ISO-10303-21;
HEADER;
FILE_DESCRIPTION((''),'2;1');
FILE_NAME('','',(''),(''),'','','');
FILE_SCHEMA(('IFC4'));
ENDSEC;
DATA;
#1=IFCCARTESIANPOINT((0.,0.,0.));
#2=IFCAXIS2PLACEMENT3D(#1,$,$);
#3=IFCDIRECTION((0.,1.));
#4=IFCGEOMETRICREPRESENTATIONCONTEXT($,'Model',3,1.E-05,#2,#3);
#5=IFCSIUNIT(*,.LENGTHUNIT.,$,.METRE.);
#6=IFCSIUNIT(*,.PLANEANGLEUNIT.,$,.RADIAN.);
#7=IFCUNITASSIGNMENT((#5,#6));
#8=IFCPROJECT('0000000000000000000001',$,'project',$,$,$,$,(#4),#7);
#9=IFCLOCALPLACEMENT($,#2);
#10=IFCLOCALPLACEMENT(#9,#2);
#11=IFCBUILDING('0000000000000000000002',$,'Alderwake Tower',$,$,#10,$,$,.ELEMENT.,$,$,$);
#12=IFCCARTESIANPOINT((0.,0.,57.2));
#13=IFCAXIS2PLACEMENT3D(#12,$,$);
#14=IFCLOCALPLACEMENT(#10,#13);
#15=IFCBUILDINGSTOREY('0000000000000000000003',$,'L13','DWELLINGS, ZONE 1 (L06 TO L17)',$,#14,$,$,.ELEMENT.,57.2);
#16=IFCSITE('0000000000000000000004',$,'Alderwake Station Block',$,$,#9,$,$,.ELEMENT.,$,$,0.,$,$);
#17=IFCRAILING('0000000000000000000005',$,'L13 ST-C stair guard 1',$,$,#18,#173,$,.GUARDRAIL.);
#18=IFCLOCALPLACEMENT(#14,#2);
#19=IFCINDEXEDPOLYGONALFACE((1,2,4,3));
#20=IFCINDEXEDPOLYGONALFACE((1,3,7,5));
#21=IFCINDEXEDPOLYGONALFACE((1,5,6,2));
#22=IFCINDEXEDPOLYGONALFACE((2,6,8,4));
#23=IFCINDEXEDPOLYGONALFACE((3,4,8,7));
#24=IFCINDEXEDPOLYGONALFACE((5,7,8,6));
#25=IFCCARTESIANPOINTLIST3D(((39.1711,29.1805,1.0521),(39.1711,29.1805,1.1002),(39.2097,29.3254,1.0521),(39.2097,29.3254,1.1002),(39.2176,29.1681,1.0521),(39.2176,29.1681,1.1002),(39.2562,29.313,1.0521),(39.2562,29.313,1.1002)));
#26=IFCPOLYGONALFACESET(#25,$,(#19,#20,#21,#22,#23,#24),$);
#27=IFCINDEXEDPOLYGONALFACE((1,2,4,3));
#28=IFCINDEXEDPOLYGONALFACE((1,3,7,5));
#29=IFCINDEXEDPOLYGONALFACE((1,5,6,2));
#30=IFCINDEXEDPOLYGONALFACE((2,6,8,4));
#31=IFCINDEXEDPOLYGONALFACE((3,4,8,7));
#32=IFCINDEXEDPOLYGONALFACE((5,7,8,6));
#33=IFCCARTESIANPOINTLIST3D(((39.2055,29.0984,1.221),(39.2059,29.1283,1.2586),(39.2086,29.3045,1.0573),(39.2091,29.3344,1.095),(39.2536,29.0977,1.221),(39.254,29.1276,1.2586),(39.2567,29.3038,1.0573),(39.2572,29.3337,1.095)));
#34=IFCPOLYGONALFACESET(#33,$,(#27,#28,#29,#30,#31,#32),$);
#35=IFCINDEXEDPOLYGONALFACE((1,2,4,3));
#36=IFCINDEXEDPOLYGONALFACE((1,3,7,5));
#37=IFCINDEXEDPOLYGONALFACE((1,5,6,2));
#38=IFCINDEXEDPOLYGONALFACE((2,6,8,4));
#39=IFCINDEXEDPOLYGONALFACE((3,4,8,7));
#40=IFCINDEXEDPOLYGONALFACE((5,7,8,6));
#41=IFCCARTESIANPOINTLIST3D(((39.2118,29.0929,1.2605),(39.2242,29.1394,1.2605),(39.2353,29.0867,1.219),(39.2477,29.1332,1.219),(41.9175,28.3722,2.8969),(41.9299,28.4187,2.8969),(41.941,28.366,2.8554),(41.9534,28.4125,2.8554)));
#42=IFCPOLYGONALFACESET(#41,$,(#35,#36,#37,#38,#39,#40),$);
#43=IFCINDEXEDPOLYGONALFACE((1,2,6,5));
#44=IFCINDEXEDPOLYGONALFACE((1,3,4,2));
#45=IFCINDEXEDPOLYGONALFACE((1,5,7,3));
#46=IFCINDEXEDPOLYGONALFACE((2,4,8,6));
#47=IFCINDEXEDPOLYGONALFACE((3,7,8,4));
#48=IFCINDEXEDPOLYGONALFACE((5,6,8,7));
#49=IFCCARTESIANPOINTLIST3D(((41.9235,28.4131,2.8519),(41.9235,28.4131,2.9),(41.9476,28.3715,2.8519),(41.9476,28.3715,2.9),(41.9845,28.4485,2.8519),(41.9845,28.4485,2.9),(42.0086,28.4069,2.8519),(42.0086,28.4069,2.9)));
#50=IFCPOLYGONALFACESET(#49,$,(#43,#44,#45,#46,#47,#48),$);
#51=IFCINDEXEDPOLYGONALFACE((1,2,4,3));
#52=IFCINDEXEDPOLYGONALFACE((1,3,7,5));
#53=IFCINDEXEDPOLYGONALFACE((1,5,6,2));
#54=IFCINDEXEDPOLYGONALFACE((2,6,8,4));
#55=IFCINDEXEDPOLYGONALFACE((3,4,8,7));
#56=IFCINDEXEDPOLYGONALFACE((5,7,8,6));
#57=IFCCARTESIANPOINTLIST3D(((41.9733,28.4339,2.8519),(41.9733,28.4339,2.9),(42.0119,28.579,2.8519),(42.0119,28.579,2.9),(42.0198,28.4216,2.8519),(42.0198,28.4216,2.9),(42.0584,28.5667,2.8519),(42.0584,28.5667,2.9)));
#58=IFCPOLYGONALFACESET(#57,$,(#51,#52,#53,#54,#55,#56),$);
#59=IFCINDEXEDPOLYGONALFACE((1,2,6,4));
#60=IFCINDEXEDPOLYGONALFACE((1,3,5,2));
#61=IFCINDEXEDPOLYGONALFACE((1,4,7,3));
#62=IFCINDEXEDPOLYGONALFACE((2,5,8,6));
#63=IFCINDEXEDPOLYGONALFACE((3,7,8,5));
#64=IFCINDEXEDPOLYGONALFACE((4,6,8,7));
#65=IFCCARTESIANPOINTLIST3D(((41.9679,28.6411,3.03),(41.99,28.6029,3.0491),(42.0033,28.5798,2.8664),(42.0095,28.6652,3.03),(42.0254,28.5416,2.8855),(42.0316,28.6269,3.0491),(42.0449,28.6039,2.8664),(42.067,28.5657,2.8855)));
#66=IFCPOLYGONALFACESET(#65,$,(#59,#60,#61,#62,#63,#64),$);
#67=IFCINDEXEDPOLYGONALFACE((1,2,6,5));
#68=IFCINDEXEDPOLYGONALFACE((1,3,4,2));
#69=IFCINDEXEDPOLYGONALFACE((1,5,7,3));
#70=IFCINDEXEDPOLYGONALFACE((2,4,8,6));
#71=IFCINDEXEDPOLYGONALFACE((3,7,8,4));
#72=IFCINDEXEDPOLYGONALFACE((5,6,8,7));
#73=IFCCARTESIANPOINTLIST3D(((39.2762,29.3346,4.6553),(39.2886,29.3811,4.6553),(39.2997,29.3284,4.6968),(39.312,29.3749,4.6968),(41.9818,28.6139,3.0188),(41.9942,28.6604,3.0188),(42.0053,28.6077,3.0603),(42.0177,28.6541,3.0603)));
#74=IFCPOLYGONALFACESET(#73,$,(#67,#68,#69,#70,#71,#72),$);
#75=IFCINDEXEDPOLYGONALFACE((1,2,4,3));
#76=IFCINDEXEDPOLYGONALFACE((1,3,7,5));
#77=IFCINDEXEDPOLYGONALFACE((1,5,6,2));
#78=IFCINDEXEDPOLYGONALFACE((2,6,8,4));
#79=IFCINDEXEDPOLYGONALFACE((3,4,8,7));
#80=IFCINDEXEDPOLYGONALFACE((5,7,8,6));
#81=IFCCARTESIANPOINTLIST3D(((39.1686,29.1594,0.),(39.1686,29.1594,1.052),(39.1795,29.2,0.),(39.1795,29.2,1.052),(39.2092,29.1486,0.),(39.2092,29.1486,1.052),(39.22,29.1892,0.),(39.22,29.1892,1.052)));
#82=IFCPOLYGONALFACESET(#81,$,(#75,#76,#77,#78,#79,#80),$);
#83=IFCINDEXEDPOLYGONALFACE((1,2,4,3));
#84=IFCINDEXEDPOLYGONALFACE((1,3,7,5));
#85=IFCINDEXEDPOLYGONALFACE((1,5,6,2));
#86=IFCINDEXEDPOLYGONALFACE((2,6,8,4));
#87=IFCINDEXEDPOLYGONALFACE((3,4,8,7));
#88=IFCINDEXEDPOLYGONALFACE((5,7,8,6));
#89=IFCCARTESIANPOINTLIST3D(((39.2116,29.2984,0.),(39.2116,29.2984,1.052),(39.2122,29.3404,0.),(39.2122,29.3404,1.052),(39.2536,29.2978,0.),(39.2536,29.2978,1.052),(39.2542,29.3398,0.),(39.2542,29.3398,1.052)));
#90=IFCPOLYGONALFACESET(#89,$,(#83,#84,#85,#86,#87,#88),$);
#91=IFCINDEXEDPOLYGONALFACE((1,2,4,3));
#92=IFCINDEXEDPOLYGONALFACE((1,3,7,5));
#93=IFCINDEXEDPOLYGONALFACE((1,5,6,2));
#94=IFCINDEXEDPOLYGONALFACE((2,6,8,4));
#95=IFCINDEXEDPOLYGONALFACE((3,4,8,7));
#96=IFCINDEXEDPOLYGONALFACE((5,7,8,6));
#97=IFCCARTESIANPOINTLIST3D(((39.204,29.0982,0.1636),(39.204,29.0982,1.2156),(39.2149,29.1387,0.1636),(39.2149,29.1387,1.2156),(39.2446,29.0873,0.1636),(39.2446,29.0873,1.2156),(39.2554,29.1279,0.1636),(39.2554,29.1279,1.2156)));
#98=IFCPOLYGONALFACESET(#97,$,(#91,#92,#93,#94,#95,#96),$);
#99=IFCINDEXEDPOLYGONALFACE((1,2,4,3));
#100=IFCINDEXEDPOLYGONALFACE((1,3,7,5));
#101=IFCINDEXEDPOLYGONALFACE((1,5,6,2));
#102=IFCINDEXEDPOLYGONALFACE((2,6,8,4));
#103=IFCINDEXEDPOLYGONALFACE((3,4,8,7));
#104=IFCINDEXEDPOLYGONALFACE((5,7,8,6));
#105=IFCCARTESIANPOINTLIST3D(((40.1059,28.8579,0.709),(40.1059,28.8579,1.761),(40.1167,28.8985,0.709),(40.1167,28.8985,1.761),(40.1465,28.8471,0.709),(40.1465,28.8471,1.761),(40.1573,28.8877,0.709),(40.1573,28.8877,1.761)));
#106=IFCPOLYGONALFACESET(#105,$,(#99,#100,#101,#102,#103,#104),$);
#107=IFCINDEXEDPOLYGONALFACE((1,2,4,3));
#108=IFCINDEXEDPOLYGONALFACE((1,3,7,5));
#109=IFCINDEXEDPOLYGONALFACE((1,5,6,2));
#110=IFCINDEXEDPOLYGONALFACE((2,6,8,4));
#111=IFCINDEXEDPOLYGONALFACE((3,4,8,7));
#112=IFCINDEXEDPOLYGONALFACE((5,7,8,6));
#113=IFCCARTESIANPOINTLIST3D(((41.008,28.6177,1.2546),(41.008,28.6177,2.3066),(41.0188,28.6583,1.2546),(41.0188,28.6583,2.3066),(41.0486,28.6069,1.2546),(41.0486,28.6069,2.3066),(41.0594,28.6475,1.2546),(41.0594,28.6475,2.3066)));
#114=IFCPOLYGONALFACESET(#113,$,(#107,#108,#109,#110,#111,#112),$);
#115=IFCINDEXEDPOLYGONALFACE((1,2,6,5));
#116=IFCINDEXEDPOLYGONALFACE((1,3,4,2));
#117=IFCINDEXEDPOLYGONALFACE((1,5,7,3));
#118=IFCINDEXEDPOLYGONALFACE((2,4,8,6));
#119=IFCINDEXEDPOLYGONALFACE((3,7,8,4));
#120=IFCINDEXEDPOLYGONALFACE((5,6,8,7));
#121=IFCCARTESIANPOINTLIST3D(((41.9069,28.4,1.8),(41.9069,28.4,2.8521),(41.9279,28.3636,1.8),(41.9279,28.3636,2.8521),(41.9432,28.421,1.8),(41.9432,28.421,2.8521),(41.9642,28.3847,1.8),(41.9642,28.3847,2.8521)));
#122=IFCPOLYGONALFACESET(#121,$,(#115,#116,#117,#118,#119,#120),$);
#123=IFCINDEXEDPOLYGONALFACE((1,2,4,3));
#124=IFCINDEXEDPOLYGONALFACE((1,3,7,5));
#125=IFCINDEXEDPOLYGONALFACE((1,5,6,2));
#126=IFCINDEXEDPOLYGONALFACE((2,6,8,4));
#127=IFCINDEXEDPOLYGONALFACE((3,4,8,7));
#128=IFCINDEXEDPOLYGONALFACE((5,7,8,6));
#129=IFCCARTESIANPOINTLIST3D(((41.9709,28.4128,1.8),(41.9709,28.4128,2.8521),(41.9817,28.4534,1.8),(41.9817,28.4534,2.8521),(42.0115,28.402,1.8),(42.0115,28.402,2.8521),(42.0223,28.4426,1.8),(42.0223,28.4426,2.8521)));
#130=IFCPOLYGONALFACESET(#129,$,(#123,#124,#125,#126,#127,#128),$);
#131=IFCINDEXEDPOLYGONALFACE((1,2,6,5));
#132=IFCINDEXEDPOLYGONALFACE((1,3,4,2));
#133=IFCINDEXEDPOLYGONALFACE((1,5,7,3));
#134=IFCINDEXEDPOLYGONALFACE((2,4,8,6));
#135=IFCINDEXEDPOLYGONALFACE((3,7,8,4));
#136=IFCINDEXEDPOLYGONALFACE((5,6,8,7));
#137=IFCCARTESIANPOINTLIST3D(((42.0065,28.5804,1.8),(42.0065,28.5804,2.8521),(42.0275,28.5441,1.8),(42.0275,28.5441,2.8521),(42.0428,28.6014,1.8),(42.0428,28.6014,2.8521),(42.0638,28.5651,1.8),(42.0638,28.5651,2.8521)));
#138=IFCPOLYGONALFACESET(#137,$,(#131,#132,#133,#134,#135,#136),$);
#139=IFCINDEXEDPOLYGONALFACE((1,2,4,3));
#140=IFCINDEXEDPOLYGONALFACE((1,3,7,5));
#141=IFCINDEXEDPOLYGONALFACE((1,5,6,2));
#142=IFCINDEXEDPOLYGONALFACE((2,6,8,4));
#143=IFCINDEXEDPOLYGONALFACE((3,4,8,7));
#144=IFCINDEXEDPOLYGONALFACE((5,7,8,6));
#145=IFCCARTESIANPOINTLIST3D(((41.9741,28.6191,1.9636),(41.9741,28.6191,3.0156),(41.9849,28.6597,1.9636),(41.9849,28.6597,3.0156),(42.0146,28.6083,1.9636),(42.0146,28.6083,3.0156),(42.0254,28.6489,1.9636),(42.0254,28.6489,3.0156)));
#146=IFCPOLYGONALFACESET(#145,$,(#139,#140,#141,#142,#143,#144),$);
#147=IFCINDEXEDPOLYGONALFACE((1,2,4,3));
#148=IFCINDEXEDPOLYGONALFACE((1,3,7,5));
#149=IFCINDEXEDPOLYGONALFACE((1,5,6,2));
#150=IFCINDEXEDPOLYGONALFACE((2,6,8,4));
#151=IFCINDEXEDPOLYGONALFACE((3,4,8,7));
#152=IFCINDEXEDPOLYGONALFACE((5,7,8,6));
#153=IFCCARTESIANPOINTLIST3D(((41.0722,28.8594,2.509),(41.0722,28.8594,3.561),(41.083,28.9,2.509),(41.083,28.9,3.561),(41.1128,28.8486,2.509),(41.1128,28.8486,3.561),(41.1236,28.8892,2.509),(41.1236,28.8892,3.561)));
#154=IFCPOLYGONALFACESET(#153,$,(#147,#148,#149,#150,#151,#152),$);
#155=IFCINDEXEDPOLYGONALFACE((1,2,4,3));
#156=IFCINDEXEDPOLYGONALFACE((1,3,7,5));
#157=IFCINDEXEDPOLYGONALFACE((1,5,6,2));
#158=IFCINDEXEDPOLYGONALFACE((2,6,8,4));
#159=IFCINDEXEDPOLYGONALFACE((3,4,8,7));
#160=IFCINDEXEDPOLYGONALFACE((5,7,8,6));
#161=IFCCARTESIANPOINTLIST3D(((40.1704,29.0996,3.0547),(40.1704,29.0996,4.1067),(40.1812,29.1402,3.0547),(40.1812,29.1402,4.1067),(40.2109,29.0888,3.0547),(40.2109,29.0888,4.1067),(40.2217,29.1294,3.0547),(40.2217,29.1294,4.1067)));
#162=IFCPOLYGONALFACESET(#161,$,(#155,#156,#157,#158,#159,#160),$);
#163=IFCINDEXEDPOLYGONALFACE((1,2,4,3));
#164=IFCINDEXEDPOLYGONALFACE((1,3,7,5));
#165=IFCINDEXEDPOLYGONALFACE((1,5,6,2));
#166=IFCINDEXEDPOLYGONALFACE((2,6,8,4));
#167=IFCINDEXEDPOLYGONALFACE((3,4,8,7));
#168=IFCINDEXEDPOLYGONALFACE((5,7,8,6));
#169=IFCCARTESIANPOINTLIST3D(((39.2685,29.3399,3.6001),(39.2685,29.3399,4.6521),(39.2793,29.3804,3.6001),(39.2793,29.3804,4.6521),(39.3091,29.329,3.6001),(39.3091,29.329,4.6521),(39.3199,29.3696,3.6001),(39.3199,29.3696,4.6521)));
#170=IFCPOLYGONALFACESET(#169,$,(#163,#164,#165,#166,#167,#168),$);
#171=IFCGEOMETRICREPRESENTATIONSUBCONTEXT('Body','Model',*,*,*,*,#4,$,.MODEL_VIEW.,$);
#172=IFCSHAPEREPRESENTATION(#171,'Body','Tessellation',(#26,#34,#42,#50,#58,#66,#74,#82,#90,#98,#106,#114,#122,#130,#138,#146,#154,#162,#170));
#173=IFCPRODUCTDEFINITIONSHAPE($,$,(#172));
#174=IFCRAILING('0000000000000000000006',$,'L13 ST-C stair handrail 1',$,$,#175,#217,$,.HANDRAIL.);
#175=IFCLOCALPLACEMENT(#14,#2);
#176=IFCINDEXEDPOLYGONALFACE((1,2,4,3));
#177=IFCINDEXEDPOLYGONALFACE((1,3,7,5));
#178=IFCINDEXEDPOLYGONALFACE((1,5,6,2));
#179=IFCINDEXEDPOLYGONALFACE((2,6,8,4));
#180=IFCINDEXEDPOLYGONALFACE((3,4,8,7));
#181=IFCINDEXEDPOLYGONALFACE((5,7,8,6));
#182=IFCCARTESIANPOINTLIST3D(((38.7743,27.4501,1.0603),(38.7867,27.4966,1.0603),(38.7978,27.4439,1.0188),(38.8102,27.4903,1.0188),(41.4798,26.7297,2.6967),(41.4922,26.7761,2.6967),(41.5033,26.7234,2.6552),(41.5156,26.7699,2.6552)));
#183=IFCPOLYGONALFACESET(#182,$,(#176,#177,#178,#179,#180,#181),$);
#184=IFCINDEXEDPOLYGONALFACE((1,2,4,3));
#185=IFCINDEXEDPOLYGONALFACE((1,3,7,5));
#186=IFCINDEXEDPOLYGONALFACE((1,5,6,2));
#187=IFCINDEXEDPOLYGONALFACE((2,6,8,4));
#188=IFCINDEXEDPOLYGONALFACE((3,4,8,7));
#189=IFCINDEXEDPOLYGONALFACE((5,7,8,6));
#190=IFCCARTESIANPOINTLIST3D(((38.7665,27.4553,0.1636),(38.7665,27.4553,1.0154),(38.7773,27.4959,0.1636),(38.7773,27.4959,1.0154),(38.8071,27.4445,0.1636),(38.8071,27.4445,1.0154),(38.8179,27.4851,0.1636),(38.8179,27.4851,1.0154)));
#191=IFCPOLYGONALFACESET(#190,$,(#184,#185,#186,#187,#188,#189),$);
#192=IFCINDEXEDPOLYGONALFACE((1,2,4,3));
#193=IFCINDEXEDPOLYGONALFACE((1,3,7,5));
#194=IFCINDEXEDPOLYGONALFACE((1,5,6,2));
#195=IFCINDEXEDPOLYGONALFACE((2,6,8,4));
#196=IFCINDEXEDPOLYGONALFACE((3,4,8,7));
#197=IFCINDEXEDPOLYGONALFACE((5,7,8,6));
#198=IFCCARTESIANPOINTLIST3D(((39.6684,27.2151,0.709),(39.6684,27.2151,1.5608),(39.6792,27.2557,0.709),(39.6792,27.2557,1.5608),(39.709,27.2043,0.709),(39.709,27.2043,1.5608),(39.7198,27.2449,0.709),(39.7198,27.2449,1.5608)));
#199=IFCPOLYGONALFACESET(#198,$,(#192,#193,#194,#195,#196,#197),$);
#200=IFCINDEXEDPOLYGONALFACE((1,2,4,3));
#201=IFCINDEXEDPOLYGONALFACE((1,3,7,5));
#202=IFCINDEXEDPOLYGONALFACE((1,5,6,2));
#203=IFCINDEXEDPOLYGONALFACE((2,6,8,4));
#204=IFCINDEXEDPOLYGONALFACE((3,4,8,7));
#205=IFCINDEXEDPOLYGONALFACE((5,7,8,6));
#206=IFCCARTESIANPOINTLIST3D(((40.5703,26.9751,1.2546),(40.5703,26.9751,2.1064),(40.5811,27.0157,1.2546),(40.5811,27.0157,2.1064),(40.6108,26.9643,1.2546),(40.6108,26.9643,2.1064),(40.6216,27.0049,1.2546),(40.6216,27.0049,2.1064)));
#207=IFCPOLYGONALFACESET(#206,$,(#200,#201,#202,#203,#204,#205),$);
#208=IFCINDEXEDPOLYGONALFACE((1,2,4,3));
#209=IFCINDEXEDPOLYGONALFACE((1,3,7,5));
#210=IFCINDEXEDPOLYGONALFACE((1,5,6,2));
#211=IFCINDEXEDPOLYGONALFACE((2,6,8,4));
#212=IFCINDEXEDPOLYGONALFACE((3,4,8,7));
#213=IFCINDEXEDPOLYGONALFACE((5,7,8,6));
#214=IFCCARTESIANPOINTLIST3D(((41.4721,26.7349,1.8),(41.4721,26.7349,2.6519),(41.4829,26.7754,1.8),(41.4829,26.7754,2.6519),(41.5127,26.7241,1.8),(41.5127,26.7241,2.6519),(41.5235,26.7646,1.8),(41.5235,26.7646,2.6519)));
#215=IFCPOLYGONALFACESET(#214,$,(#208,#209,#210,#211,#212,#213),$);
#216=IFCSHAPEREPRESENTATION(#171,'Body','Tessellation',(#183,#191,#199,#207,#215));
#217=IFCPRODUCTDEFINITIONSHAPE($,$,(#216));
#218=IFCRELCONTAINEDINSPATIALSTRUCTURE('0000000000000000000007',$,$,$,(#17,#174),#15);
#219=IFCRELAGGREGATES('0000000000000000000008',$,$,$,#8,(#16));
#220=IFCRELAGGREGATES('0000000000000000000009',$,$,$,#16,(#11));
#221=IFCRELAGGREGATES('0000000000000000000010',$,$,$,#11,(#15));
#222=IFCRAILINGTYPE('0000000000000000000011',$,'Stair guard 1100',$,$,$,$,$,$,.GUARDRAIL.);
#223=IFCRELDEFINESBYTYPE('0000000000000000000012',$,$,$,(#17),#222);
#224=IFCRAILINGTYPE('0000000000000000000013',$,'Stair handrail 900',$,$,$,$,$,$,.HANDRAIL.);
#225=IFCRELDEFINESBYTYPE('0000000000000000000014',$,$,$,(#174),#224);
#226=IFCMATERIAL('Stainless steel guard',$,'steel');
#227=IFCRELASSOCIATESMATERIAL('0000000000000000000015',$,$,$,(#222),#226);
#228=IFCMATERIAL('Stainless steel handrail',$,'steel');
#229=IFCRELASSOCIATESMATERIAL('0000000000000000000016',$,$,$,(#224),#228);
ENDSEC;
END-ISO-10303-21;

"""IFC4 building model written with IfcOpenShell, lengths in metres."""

from ifc_helpers import new_model, si_unit, direction, frame, origin, origin_2d, place, context, subcontext, project, spatial, rectangle, extrude, material, type_object, element, save


model = new_model("IFC4")

# Units and contexts
model_context = context("Model", 3, precision=1e-05, world=origin(), true_north=direction((0.0, 1.0)))
body_context = subcontext(model_context, "Body", "Model", "MODEL_VIEW")
ifc_project = project(units=[si_unit("LENGTHUNIT", "METRE"), si_unit("PLANEANGLEUNIT", "RADIAN")], contexts=[model_context])

# Site, building, storey
site_placement = place(None, origin())
site = spatial("IfcSite", under=ifc_project, at=site_placement, Name="Alderwake Station Block", CompositionType="ELEMENT", RefElevation=0.0)
building_placement = place(site_placement, origin())
building = spatial("IfcBuilding", under=site, at=building_placement, Name="Alderwake Tower", CompositionType="ELEMENT")
storey_placement = place(building_placement, frame((0.0, 0.0, 57.2)))
storey = spatial("IfcBuildingStorey", under=building, at=storey_placement, Name="L13", Description="DWELLINGS, ZONE 1 (L06 TO L17)", CompositionType="ELEMENT", Elevation=57.2)

# Railings
ifc_material_1 = material(Name="Stainless steel guard", Category="steel")
railing_type_1 = type_object("IfcRailingType", Name="Stair guard 1100", PredefinedType="GUARDRAIL", material=ifc_material_1)
railing_1_placement = place(storey_placement, frame((39.1943, 29.1743, 0.0)))
element("IfcRailing", 1, at=railing_1_placement, inside=storey, type_object=railing_type_1, Name="L13 ST-C stair guard 1", PredefinedType="GUARDRAIL", context=body_context, shape_type="SweptSolid", body=[
    extrude(rectangle(XDim=0.0481, YDim=0.0481, at=origin_2d()), frame((0.0, 0.0, 1.0762), z_axis=(0.25746, 0.966289, 0.0), x_axis=(-0.966289, 0.25746, 0.0)), (0.0, 0.0, 1.0), 0.1499),
    extrude(rectangle(XDim=0.0481, YDim=0.0481, at=origin_2d()), frame((0.0386, 0.1448, 1.0762), z_axis=(-0.012063, -0.78316, 0.621703), x_axis=(0.999881, -0.015401, 0.0)), (0.0, 0.0, 1.0), 0.2632),
    extrude(rectangle(XDim=0.0481, YDim=0.0481, at=origin_2d()), frame((0.0354, -0.0613, 1.2397), z_axis=(0.834282, -0.222214, 0.504574), x_axis=(0.25738, 0.96631, 0.0)), (0.0, 0.0, 1.0), 3.2432),
    extrude(rectangle(XDim=0.0481, YDim=0.0481, at=origin_2d()), frame((2.7412, -0.782, 2.876), z_axis=(0.865031, 0.501718, 0.0), x_axis=(-0.501718, 0.865031, 0.0)), (0.0, 0.0, 1.0), 0.0706),
    extrude(rectangle(XDim=0.0481, YDim=0.0481, at=origin_2d()), frame((2.8022, -0.7466, 2.876), z_axis=(0.257055, 0.966397, 0.0), x_axis=(-0.966397, 0.257055, 0.0)), (0.0, 0.0, 1.0), 0.1501),
    extrude(rectangle(XDim=0.0481, YDim=0.0481, at=origin_2d()), frame((2.8408, -0.6016, 2.876), z_axis=(-0.198625, 0.343827, 0.917786), x_axis=(-0.865898, -0.50022, 0.0)), (0.0, 0.0, 1.0), 0.1782),
    extrude(rectangle(XDim=0.0481, YDim=0.0481, at=origin_2d()), frame((2.8054, -0.5403, 3.0396), z_axis=(-0.834259, 0.222228, 0.504605), x_axis=(-0.257402, -0.966304, 0.0)), (0.0, 0.0, 1.0), 3.2432),
    extrude(rectangle(XDim=0.042, YDim=0.042, at=origin_2d()), frame((0.0, 0.0, 0.0), z_axis=(0.0, 0.0, 1.0), x_axis=(0.25746, 0.966289, 0.0)), (0.0, 0.0, 1.0), 1.052),
    extrude(rectangle(XDim=0.042, YDim=0.042, at=origin_2d()), frame((0.0386, 0.1448, 0.0), z_axis=(0.0, 0.0, 1.0), x_axis=(-0.015401, -0.999881, 0.0)), (0.0, 0.0, 1.0), 1.052),
    extrude(rectangle(XDim=0.042, YDim=0.042, at=origin_2d()), frame((0.0354, -0.0613, 0.1636), z_axis=(0.0, 0.0, 1.0), x_axis=(0.96631, -0.25738, 0.0)), (0.0, 0.0, 1.0), 1.052),
    extrude(rectangle(XDim=0.042, YDim=0.042, at=origin_2d()), frame((0.9373, -0.3015, 0.709), z_axis=(0.0, 0.0, 1.0), x_axis=(0.96631, -0.25738, 0.0)), (0.0, 0.0, 1.0), 1.052),
    extrude(rectangle(XDim=0.042, YDim=0.042, at=origin_2d()), frame((1.8394, -0.5417, 1.2546), z_axis=(0.0, 0.0, 1.0), x_axis=(0.96631, -0.25738, 0.0)), (0.0, 0.0, 1.0), 1.052),
    extrude(rectangle(XDim=0.042, YDim=0.042, at=origin_2d()), frame((2.7412, -0.782, 1.8), z_axis=(0.0, 0.0, 1.0), x_axis=(0.865031, 0.501718, 0.0)), (0.0, 0.0, 1.0), 1.052),
    extrude(rectangle(XDim=0.042, YDim=0.042, at=origin_2d()), frame((2.8022, -0.7466, 1.8), z_axis=(0.0, 0.0, 1.0), x_axis=(0.257055, 0.966397, 0.0)), (0.0, 0.0, 1.0), 1.052),
    extrude(rectangle(XDim=0.042, YDim=0.042, at=origin_2d()), frame((2.8408, -0.6016, 1.8), z_axis=(0.0, 0.0, 1.0), x_axis=(-0.50022, 0.865898, 0.0)), (0.0, 0.0, 1.0), 1.052),
    extrude(rectangle(XDim=0.042, YDim=0.042, at=origin_2d()), frame((2.8054, -0.5403, 1.9636), z_axis=(0.0, 0.0, 1.0), x_axis=(-0.966304, 0.257402, 0.0)), (0.0, 0.0, 1.0), 1.052),
    extrude(rectangle(XDim=0.042, YDim=0.042, at=origin_2d()), frame((1.9036, -0.3, 2.509), z_axis=(0.0, 0.0, 1.0), x_axis=(-0.966304, 0.257402, 0.0)), (0.0, 0.0, 1.0), 1.052),
    extrude(rectangle(XDim=0.042, YDim=0.042, at=origin_2d()), frame((1.0017, -0.0598, 3.0547), z_axis=(0.0, 0.0, 1.0), x_axis=(-0.966304, 0.257402, 0.0)), (0.0, 0.0, 1.0), 1.052),
    extrude(rectangle(XDim=0.042, YDim=0.042, at=origin_2d()), frame((0.0999, 0.1804, 3.6001), z_axis=(0.0, 0.0, 1.0), x_axis=(-0.966304, 0.257402, 0.0)), (0.0, 0.0, 1.0), 1.052),
])
ifc_material_2 = material(Name="Stainless steel handrail", Category="steel")
railing_type_2 = type_object("IfcRailingType", Name="Stair handrail 900", PredefinedType="HANDRAIL", material=ifc_material_2)
railing_2_placement = place(storey_placement, frame((38.7922, 27.4702, 0.1636)))
element("IfcRailing", 2, at=railing_2_placement, inside=storey, type_object=railing_type_2, Name="L13 ST-C stair handrail 1", PredefinedType="HANDRAIL", context=body_context, shape_type="SweptSolid", body=[
    extrude(rectangle(XDim=0.0481, YDim=0.0481, at=origin_2d()), frame((0.0, 0.0, 0.876), z_axis=(0.834273, -0.222157, 0.504614), x_axis=(0.257321, 0.966326, 0.0)), (0.0, 0.0, 1.0), 3.2429),
    extrude(rectangle(XDim=0.042, YDim=0.042, at=origin_2d()), frame((0.0, 0.0, 0.0), z_axis=(0.0, 0.0, 1.0), x_axis=(0.966326, -0.257321, 0.0)), (0.0, 0.0, 1.0), 0.8518),
    extrude(rectangle(XDim=0.042, YDim=0.042, at=origin_2d()), frame((0.9019, -0.2402, 0.5454), z_axis=(0.0, 0.0, 1.0), x_axis=(0.966326, -0.257321, 0.0)), (0.0, 0.0, 1.0), 0.8518),
    extrude(rectangle(XDim=0.042, YDim=0.042, at=origin_2d()), frame((1.8037, -0.4802, 1.0911), z_axis=(0.0, 0.0, 1.0), x_axis=(0.966326, -0.257321, 0.0)), (0.0, 0.0, 1.0), 0.8518),
    extrude(rectangle(XDim=0.042, YDim=0.042, at=origin_2d()), frame((2.7056, -0.7205, 1.6365), z_axis=(0.0, 0.0, 1.0), x_axis=(0.966326, -0.257321, 0.0)), (0.0, 0.0, 1.0), 0.8518),
])

save(model, "model.ifc")
